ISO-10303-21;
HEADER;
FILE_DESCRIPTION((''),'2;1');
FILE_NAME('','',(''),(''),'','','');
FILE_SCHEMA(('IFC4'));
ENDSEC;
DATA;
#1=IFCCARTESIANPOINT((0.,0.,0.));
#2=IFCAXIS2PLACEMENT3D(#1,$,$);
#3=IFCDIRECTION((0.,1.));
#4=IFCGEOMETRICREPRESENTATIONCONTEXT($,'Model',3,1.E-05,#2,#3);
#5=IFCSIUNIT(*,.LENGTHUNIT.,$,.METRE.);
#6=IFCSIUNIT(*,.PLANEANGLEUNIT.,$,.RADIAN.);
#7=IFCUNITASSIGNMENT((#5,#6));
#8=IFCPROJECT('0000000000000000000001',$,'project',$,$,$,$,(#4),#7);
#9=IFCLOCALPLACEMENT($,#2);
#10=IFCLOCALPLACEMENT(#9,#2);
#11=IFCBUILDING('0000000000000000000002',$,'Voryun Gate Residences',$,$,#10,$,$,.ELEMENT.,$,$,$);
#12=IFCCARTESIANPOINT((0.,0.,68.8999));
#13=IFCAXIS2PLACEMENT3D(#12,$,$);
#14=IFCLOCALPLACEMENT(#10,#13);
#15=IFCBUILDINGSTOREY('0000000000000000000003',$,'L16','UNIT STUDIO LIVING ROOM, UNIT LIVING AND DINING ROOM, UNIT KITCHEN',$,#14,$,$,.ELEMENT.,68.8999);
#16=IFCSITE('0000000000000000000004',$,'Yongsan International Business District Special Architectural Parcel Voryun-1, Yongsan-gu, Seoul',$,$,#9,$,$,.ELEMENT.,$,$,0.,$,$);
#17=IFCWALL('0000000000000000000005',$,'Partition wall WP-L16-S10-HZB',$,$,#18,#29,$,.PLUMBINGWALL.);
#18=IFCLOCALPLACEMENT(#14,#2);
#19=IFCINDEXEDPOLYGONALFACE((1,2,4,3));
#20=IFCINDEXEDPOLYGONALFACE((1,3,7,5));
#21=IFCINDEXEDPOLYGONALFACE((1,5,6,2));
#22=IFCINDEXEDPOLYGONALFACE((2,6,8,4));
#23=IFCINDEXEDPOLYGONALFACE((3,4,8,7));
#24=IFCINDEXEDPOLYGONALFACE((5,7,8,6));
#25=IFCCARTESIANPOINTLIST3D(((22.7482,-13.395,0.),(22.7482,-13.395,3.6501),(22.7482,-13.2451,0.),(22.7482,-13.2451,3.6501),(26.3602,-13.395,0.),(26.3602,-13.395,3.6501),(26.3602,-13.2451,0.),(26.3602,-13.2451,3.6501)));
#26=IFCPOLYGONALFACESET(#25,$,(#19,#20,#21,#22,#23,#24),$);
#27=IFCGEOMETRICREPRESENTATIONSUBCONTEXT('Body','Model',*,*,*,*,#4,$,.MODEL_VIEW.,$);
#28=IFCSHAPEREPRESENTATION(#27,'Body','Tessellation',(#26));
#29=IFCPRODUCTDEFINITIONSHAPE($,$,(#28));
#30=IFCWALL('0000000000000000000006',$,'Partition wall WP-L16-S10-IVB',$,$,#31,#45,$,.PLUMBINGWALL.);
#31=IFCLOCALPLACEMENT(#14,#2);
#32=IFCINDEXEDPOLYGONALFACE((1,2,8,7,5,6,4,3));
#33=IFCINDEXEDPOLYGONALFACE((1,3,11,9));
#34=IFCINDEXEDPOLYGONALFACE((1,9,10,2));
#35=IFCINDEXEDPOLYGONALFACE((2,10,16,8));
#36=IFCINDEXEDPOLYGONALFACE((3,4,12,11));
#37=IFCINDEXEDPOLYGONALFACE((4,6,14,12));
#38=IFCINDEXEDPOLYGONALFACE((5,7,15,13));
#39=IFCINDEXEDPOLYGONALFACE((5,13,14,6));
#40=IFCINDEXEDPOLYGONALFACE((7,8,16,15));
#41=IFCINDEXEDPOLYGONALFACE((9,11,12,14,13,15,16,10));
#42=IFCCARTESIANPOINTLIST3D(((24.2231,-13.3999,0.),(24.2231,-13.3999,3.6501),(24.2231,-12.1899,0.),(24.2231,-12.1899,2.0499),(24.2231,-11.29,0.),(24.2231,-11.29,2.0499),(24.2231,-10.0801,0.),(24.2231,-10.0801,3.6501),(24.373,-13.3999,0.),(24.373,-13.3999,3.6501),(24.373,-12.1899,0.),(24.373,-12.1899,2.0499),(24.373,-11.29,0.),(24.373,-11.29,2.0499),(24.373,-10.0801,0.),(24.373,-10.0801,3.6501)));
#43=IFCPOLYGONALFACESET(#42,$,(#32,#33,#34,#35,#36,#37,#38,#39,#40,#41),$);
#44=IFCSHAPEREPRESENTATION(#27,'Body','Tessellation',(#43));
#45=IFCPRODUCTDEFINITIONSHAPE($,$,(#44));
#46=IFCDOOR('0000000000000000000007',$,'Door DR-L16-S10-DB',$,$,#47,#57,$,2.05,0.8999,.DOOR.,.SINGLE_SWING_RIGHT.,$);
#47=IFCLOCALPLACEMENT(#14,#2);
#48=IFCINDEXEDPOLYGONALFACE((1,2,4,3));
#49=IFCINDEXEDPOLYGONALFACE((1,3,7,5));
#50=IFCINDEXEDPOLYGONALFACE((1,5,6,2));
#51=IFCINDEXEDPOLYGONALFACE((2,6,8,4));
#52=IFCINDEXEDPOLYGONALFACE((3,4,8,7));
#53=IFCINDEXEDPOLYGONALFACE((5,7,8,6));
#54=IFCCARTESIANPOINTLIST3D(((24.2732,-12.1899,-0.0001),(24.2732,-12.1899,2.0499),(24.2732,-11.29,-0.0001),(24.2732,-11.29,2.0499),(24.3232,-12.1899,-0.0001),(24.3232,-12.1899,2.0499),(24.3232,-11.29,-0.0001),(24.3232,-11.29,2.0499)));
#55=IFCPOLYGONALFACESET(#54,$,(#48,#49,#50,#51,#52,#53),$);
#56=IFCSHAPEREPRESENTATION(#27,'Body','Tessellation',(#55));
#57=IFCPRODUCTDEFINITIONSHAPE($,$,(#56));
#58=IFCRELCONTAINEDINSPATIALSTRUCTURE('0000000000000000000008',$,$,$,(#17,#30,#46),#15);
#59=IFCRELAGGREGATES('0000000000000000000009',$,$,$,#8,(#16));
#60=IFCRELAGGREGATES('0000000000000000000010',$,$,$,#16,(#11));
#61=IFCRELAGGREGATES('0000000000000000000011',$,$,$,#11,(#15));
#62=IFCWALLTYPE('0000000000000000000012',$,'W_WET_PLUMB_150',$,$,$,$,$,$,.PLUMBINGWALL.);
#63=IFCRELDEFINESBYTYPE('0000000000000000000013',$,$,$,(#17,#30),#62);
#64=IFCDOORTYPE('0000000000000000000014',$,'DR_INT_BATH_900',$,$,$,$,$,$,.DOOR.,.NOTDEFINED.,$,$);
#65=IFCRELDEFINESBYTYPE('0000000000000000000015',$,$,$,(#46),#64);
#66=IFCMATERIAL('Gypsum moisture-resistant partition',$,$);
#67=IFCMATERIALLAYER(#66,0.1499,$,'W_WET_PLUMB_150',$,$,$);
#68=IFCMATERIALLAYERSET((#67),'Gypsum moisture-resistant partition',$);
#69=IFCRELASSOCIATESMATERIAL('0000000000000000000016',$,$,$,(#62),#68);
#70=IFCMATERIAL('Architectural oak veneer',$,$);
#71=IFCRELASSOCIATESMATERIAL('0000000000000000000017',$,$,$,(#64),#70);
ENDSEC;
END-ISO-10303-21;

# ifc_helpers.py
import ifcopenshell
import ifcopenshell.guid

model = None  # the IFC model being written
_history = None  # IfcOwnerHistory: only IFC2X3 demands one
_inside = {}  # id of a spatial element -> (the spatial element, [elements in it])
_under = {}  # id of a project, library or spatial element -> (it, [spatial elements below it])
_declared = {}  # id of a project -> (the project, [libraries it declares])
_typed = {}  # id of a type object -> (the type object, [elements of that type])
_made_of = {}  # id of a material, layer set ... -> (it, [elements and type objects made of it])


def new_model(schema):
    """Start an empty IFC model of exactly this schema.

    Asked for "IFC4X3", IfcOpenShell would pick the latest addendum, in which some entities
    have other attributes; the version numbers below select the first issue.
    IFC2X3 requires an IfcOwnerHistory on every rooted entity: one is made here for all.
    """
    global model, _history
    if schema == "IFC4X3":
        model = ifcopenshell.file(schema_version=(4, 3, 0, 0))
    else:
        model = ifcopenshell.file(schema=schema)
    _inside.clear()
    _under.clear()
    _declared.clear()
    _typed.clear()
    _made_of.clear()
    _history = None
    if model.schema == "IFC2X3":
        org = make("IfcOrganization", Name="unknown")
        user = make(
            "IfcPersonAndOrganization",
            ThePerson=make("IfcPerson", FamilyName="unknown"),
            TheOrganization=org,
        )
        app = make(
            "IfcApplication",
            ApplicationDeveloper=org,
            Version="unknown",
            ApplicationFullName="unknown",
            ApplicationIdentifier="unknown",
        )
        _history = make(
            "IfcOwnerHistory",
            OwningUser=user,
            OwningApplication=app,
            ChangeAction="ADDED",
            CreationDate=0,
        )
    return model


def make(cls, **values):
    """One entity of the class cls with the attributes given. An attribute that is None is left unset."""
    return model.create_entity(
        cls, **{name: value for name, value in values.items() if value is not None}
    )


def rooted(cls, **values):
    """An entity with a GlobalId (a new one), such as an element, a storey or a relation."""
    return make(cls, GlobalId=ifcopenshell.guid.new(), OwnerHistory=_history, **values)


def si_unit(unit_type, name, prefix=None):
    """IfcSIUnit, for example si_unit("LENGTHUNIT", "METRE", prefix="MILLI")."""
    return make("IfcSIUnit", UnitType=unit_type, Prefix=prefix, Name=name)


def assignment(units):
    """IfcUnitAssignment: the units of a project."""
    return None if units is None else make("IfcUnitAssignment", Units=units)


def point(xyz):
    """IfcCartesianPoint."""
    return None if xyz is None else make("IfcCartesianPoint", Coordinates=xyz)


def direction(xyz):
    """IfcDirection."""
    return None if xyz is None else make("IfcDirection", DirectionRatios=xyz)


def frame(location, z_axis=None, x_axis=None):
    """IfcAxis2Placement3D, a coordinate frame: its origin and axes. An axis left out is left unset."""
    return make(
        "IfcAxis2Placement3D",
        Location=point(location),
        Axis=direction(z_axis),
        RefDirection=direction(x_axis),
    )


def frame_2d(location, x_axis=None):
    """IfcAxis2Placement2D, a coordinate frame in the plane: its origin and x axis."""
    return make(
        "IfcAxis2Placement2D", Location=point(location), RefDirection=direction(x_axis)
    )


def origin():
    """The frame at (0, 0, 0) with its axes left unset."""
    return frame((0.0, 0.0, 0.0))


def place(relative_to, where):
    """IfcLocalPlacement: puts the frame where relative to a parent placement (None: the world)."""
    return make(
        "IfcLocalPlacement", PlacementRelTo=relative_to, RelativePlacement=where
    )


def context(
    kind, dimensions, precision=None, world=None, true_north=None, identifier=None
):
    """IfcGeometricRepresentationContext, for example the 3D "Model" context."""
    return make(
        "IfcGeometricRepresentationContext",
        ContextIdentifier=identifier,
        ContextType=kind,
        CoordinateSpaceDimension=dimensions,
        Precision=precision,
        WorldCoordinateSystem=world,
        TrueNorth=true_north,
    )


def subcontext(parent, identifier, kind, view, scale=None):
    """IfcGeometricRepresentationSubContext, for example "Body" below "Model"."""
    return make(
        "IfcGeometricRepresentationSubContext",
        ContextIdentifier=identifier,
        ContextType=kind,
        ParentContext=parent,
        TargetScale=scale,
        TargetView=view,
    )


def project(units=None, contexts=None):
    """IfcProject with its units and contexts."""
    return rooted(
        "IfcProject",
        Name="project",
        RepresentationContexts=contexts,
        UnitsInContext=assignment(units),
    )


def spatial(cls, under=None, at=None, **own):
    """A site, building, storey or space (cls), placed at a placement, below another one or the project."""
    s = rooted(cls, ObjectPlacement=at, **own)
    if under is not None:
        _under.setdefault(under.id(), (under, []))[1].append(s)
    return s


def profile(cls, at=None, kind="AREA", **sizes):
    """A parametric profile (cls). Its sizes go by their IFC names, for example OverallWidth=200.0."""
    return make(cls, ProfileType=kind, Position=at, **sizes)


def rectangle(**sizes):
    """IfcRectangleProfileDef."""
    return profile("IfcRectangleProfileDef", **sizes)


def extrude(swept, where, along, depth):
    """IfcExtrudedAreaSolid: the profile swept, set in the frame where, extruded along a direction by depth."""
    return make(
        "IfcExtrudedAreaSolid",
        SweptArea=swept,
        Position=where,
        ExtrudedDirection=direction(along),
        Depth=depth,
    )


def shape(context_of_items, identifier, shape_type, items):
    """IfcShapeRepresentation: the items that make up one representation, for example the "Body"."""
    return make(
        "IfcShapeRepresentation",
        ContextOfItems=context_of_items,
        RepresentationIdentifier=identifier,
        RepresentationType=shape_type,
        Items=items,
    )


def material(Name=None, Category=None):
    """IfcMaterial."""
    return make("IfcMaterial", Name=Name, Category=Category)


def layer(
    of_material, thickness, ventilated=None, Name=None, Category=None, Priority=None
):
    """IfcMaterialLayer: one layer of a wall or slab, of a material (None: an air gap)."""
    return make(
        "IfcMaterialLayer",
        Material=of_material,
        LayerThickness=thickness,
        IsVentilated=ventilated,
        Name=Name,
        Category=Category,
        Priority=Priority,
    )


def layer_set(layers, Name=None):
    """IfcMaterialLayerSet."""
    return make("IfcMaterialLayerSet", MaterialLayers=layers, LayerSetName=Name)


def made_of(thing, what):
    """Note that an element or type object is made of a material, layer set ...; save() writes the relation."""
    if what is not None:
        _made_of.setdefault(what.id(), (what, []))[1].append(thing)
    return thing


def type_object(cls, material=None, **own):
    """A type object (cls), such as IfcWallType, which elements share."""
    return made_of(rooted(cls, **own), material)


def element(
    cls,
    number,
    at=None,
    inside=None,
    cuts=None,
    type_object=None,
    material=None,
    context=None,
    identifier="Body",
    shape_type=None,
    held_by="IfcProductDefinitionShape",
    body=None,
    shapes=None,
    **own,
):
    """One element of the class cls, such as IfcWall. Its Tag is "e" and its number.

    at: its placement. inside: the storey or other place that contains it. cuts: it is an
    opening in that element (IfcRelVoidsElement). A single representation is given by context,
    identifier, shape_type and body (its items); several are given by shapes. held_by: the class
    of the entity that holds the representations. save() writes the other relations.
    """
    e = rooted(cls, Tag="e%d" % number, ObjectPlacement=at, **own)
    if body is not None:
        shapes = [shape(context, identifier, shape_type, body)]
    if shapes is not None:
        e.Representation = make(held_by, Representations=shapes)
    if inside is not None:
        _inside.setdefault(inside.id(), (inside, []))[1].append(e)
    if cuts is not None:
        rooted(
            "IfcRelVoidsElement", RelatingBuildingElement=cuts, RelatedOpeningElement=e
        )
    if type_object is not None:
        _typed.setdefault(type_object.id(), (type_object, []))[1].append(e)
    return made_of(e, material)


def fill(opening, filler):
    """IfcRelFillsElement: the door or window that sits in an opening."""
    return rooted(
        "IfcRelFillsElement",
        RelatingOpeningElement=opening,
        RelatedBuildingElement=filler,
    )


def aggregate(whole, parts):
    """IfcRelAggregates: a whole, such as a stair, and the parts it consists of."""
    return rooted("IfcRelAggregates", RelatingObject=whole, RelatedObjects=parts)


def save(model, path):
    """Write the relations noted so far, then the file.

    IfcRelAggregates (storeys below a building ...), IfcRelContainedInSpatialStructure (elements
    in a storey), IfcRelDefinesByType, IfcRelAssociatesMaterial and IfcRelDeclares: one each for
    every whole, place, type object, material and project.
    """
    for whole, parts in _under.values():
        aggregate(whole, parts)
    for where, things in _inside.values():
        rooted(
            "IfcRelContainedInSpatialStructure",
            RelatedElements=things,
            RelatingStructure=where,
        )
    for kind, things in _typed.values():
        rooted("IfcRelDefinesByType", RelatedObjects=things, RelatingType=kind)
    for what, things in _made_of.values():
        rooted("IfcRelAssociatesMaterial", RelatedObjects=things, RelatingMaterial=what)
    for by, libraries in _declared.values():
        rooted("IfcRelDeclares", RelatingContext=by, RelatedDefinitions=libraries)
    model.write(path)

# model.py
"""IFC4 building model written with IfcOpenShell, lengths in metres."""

from ifc_helpers import new_model, si_unit, direction, frame, frame_2d, origin, place, context, subcontext, project, spatial, rectangle, extrude, material, layer, layer_set, type_object, element, fill, save


model = new_model("IFC4")

# Units and contexts
model_context = context("Model", 3, precision=1e-05, world=origin(), true_north=direction((0.0, 1.0)))
body_context = subcontext(model_context, "Body", "Model", "MODEL_VIEW")
ifc_project = project(units=[si_unit("LENGTHUNIT", "METRE"), si_unit("PLANEANGLEUNIT", "RADIAN")], contexts=[model_context])

# Site, building, storey
site_placement = place(None, origin())
site = spatial("IfcSite", under=ifc_project, at=site_placement, Name="Yongsan International Business District Special Architectural Parcel Voryun-1, Yongsan-gu, Seoul", CompositionType="ELEMENT", RefElevation=0.0)
building_placement = place(site_placement, origin())
building = spatial("IfcBuilding", under=site, at=building_placement, Name="Voryun Gate Residences", CompositionType="ELEMENT")
storey_placement = place(building_placement, frame((0.0, 0.0, 68.8999)))
storey = spatial("IfcBuildingStorey", under=building, at=storey_placement, Name="L16", Description="UNIT STUDIO LIVING ROOM, UNIT LIVING AND DINING ROOM, UNIT KITCHEN", CompositionType="ELEMENT", Elevation=68.8999)

# Shared definitions
ifc_material_1 = material(Name="Gypsum moisture-resistant partition")
ifc_layer_1 = layer(ifc_material_1, 0.1499, Name="W_WET_PLUMB_150")
ifc_layer_set_1 = layer_set([ifc_layer_1], Name="Gypsum moisture-resistant partition")
wall_type_1 = type_object("IfcWallType", Name="W_WET_PLUMB_150", PredefinedType="PLUMBINGWALL", material=ifc_layer_set_1)

# Shared definitions
ifc_material_2 = material(Name="Architectural oak veneer")
door_type_1 = type_object("IfcDoorType", Name="DR_INT_BATH_900", OperationType="NOTDEFINED", PredefinedType="DOOR", material=ifc_material_2)

# Wall
wall_1_placement = place(storey_placement, frame((22.748, -13.3201, 0.0), z_axis=(0.0, 0.0, 1.0), x_axis=(1.0, 0.0, 0.0)))
element("IfcWall", 1, at=wall_1_placement, inside=storey, type_object=wall_type_1, Name="Partition wall WP-L16-S10-HZB", PredefinedType="PLUMBINGWALL", context=body_context, shape_type="SweptSolid", body=[
    extrude(rectangle(XDim=3.6121, YDim=0.1499, at=frame_2d((1.8062, 0.0))), origin(), (0.0, 0.0, 1.0), 3.6501),
])

# Wall, opening, door
wall_2_placement = place(storey_placement, frame((24.2981, -13.3999, 0.0), z_axis=(0.0, 0.0, 1.0), x_axis=(0.0, 1.0, 0.0)))
wall_2 = element("IfcWall", 2, at=wall_2_placement, inside=storey, type_object=wall_type_1, Name="Partition wall WP-L16-S10-IVB", PredefinedType="PLUMBINGWALL", context=body_context, shape_type="SweptSolid", body=[
    extrude(rectangle(XDim=3.3198, YDim=0.1499, at=frame_2d((1.6599, 0.0))), origin(), (0.0, 0.0, 1.0), 3.6501),
])
opening_1_placement = place(wall_2_placement, frame((1.21, 0.0, 0.0)))
opening_1 = element("IfcOpeningElement", 3, at=opening_1_placement, cuts=wall_2, PredefinedType="OPENING", context=body_context, shape_type="SweptSolid", body=[
    extrude(rectangle(XDim=0.8999, YDim=2.05, at=frame_2d((0.45, 1.0249))), frame((0.0, 0.085, 0.0), z_axis=(0.0, -1.0, 0.0), x_axis=(1.0, 0.0, 0.0)), (0.0, 0.0, 1.0), 0.1699),
])
door_1_placement = place(opening_1_placement, origin())
door_1 = element("IfcDoor", 4, at=door_1_placement, inside=storey, type_object=door_type_1, Name="Door DR-L16-S10-DB", OperationType="SINGLE_SWING_RIGHT", OverallHeight=2.05, OverallWidth=0.8999, PredefinedType="DOOR", context=body_context, shape_type="SweptSolid", body=[
    extrude(rectangle(XDim=0.8999, YDim=2.05, at=frame_2d((0.45, 1.0249))), frame((0.0, 0.0249, 0.0), z_axis=(0.0, -1.0, 0.0), x_axis=(1.0, 0.0, 0.0)), (0.0, 0.0, 1.0), 0.05),
])
fill(opening_1, door_1)

save(model, "model.ifc")
